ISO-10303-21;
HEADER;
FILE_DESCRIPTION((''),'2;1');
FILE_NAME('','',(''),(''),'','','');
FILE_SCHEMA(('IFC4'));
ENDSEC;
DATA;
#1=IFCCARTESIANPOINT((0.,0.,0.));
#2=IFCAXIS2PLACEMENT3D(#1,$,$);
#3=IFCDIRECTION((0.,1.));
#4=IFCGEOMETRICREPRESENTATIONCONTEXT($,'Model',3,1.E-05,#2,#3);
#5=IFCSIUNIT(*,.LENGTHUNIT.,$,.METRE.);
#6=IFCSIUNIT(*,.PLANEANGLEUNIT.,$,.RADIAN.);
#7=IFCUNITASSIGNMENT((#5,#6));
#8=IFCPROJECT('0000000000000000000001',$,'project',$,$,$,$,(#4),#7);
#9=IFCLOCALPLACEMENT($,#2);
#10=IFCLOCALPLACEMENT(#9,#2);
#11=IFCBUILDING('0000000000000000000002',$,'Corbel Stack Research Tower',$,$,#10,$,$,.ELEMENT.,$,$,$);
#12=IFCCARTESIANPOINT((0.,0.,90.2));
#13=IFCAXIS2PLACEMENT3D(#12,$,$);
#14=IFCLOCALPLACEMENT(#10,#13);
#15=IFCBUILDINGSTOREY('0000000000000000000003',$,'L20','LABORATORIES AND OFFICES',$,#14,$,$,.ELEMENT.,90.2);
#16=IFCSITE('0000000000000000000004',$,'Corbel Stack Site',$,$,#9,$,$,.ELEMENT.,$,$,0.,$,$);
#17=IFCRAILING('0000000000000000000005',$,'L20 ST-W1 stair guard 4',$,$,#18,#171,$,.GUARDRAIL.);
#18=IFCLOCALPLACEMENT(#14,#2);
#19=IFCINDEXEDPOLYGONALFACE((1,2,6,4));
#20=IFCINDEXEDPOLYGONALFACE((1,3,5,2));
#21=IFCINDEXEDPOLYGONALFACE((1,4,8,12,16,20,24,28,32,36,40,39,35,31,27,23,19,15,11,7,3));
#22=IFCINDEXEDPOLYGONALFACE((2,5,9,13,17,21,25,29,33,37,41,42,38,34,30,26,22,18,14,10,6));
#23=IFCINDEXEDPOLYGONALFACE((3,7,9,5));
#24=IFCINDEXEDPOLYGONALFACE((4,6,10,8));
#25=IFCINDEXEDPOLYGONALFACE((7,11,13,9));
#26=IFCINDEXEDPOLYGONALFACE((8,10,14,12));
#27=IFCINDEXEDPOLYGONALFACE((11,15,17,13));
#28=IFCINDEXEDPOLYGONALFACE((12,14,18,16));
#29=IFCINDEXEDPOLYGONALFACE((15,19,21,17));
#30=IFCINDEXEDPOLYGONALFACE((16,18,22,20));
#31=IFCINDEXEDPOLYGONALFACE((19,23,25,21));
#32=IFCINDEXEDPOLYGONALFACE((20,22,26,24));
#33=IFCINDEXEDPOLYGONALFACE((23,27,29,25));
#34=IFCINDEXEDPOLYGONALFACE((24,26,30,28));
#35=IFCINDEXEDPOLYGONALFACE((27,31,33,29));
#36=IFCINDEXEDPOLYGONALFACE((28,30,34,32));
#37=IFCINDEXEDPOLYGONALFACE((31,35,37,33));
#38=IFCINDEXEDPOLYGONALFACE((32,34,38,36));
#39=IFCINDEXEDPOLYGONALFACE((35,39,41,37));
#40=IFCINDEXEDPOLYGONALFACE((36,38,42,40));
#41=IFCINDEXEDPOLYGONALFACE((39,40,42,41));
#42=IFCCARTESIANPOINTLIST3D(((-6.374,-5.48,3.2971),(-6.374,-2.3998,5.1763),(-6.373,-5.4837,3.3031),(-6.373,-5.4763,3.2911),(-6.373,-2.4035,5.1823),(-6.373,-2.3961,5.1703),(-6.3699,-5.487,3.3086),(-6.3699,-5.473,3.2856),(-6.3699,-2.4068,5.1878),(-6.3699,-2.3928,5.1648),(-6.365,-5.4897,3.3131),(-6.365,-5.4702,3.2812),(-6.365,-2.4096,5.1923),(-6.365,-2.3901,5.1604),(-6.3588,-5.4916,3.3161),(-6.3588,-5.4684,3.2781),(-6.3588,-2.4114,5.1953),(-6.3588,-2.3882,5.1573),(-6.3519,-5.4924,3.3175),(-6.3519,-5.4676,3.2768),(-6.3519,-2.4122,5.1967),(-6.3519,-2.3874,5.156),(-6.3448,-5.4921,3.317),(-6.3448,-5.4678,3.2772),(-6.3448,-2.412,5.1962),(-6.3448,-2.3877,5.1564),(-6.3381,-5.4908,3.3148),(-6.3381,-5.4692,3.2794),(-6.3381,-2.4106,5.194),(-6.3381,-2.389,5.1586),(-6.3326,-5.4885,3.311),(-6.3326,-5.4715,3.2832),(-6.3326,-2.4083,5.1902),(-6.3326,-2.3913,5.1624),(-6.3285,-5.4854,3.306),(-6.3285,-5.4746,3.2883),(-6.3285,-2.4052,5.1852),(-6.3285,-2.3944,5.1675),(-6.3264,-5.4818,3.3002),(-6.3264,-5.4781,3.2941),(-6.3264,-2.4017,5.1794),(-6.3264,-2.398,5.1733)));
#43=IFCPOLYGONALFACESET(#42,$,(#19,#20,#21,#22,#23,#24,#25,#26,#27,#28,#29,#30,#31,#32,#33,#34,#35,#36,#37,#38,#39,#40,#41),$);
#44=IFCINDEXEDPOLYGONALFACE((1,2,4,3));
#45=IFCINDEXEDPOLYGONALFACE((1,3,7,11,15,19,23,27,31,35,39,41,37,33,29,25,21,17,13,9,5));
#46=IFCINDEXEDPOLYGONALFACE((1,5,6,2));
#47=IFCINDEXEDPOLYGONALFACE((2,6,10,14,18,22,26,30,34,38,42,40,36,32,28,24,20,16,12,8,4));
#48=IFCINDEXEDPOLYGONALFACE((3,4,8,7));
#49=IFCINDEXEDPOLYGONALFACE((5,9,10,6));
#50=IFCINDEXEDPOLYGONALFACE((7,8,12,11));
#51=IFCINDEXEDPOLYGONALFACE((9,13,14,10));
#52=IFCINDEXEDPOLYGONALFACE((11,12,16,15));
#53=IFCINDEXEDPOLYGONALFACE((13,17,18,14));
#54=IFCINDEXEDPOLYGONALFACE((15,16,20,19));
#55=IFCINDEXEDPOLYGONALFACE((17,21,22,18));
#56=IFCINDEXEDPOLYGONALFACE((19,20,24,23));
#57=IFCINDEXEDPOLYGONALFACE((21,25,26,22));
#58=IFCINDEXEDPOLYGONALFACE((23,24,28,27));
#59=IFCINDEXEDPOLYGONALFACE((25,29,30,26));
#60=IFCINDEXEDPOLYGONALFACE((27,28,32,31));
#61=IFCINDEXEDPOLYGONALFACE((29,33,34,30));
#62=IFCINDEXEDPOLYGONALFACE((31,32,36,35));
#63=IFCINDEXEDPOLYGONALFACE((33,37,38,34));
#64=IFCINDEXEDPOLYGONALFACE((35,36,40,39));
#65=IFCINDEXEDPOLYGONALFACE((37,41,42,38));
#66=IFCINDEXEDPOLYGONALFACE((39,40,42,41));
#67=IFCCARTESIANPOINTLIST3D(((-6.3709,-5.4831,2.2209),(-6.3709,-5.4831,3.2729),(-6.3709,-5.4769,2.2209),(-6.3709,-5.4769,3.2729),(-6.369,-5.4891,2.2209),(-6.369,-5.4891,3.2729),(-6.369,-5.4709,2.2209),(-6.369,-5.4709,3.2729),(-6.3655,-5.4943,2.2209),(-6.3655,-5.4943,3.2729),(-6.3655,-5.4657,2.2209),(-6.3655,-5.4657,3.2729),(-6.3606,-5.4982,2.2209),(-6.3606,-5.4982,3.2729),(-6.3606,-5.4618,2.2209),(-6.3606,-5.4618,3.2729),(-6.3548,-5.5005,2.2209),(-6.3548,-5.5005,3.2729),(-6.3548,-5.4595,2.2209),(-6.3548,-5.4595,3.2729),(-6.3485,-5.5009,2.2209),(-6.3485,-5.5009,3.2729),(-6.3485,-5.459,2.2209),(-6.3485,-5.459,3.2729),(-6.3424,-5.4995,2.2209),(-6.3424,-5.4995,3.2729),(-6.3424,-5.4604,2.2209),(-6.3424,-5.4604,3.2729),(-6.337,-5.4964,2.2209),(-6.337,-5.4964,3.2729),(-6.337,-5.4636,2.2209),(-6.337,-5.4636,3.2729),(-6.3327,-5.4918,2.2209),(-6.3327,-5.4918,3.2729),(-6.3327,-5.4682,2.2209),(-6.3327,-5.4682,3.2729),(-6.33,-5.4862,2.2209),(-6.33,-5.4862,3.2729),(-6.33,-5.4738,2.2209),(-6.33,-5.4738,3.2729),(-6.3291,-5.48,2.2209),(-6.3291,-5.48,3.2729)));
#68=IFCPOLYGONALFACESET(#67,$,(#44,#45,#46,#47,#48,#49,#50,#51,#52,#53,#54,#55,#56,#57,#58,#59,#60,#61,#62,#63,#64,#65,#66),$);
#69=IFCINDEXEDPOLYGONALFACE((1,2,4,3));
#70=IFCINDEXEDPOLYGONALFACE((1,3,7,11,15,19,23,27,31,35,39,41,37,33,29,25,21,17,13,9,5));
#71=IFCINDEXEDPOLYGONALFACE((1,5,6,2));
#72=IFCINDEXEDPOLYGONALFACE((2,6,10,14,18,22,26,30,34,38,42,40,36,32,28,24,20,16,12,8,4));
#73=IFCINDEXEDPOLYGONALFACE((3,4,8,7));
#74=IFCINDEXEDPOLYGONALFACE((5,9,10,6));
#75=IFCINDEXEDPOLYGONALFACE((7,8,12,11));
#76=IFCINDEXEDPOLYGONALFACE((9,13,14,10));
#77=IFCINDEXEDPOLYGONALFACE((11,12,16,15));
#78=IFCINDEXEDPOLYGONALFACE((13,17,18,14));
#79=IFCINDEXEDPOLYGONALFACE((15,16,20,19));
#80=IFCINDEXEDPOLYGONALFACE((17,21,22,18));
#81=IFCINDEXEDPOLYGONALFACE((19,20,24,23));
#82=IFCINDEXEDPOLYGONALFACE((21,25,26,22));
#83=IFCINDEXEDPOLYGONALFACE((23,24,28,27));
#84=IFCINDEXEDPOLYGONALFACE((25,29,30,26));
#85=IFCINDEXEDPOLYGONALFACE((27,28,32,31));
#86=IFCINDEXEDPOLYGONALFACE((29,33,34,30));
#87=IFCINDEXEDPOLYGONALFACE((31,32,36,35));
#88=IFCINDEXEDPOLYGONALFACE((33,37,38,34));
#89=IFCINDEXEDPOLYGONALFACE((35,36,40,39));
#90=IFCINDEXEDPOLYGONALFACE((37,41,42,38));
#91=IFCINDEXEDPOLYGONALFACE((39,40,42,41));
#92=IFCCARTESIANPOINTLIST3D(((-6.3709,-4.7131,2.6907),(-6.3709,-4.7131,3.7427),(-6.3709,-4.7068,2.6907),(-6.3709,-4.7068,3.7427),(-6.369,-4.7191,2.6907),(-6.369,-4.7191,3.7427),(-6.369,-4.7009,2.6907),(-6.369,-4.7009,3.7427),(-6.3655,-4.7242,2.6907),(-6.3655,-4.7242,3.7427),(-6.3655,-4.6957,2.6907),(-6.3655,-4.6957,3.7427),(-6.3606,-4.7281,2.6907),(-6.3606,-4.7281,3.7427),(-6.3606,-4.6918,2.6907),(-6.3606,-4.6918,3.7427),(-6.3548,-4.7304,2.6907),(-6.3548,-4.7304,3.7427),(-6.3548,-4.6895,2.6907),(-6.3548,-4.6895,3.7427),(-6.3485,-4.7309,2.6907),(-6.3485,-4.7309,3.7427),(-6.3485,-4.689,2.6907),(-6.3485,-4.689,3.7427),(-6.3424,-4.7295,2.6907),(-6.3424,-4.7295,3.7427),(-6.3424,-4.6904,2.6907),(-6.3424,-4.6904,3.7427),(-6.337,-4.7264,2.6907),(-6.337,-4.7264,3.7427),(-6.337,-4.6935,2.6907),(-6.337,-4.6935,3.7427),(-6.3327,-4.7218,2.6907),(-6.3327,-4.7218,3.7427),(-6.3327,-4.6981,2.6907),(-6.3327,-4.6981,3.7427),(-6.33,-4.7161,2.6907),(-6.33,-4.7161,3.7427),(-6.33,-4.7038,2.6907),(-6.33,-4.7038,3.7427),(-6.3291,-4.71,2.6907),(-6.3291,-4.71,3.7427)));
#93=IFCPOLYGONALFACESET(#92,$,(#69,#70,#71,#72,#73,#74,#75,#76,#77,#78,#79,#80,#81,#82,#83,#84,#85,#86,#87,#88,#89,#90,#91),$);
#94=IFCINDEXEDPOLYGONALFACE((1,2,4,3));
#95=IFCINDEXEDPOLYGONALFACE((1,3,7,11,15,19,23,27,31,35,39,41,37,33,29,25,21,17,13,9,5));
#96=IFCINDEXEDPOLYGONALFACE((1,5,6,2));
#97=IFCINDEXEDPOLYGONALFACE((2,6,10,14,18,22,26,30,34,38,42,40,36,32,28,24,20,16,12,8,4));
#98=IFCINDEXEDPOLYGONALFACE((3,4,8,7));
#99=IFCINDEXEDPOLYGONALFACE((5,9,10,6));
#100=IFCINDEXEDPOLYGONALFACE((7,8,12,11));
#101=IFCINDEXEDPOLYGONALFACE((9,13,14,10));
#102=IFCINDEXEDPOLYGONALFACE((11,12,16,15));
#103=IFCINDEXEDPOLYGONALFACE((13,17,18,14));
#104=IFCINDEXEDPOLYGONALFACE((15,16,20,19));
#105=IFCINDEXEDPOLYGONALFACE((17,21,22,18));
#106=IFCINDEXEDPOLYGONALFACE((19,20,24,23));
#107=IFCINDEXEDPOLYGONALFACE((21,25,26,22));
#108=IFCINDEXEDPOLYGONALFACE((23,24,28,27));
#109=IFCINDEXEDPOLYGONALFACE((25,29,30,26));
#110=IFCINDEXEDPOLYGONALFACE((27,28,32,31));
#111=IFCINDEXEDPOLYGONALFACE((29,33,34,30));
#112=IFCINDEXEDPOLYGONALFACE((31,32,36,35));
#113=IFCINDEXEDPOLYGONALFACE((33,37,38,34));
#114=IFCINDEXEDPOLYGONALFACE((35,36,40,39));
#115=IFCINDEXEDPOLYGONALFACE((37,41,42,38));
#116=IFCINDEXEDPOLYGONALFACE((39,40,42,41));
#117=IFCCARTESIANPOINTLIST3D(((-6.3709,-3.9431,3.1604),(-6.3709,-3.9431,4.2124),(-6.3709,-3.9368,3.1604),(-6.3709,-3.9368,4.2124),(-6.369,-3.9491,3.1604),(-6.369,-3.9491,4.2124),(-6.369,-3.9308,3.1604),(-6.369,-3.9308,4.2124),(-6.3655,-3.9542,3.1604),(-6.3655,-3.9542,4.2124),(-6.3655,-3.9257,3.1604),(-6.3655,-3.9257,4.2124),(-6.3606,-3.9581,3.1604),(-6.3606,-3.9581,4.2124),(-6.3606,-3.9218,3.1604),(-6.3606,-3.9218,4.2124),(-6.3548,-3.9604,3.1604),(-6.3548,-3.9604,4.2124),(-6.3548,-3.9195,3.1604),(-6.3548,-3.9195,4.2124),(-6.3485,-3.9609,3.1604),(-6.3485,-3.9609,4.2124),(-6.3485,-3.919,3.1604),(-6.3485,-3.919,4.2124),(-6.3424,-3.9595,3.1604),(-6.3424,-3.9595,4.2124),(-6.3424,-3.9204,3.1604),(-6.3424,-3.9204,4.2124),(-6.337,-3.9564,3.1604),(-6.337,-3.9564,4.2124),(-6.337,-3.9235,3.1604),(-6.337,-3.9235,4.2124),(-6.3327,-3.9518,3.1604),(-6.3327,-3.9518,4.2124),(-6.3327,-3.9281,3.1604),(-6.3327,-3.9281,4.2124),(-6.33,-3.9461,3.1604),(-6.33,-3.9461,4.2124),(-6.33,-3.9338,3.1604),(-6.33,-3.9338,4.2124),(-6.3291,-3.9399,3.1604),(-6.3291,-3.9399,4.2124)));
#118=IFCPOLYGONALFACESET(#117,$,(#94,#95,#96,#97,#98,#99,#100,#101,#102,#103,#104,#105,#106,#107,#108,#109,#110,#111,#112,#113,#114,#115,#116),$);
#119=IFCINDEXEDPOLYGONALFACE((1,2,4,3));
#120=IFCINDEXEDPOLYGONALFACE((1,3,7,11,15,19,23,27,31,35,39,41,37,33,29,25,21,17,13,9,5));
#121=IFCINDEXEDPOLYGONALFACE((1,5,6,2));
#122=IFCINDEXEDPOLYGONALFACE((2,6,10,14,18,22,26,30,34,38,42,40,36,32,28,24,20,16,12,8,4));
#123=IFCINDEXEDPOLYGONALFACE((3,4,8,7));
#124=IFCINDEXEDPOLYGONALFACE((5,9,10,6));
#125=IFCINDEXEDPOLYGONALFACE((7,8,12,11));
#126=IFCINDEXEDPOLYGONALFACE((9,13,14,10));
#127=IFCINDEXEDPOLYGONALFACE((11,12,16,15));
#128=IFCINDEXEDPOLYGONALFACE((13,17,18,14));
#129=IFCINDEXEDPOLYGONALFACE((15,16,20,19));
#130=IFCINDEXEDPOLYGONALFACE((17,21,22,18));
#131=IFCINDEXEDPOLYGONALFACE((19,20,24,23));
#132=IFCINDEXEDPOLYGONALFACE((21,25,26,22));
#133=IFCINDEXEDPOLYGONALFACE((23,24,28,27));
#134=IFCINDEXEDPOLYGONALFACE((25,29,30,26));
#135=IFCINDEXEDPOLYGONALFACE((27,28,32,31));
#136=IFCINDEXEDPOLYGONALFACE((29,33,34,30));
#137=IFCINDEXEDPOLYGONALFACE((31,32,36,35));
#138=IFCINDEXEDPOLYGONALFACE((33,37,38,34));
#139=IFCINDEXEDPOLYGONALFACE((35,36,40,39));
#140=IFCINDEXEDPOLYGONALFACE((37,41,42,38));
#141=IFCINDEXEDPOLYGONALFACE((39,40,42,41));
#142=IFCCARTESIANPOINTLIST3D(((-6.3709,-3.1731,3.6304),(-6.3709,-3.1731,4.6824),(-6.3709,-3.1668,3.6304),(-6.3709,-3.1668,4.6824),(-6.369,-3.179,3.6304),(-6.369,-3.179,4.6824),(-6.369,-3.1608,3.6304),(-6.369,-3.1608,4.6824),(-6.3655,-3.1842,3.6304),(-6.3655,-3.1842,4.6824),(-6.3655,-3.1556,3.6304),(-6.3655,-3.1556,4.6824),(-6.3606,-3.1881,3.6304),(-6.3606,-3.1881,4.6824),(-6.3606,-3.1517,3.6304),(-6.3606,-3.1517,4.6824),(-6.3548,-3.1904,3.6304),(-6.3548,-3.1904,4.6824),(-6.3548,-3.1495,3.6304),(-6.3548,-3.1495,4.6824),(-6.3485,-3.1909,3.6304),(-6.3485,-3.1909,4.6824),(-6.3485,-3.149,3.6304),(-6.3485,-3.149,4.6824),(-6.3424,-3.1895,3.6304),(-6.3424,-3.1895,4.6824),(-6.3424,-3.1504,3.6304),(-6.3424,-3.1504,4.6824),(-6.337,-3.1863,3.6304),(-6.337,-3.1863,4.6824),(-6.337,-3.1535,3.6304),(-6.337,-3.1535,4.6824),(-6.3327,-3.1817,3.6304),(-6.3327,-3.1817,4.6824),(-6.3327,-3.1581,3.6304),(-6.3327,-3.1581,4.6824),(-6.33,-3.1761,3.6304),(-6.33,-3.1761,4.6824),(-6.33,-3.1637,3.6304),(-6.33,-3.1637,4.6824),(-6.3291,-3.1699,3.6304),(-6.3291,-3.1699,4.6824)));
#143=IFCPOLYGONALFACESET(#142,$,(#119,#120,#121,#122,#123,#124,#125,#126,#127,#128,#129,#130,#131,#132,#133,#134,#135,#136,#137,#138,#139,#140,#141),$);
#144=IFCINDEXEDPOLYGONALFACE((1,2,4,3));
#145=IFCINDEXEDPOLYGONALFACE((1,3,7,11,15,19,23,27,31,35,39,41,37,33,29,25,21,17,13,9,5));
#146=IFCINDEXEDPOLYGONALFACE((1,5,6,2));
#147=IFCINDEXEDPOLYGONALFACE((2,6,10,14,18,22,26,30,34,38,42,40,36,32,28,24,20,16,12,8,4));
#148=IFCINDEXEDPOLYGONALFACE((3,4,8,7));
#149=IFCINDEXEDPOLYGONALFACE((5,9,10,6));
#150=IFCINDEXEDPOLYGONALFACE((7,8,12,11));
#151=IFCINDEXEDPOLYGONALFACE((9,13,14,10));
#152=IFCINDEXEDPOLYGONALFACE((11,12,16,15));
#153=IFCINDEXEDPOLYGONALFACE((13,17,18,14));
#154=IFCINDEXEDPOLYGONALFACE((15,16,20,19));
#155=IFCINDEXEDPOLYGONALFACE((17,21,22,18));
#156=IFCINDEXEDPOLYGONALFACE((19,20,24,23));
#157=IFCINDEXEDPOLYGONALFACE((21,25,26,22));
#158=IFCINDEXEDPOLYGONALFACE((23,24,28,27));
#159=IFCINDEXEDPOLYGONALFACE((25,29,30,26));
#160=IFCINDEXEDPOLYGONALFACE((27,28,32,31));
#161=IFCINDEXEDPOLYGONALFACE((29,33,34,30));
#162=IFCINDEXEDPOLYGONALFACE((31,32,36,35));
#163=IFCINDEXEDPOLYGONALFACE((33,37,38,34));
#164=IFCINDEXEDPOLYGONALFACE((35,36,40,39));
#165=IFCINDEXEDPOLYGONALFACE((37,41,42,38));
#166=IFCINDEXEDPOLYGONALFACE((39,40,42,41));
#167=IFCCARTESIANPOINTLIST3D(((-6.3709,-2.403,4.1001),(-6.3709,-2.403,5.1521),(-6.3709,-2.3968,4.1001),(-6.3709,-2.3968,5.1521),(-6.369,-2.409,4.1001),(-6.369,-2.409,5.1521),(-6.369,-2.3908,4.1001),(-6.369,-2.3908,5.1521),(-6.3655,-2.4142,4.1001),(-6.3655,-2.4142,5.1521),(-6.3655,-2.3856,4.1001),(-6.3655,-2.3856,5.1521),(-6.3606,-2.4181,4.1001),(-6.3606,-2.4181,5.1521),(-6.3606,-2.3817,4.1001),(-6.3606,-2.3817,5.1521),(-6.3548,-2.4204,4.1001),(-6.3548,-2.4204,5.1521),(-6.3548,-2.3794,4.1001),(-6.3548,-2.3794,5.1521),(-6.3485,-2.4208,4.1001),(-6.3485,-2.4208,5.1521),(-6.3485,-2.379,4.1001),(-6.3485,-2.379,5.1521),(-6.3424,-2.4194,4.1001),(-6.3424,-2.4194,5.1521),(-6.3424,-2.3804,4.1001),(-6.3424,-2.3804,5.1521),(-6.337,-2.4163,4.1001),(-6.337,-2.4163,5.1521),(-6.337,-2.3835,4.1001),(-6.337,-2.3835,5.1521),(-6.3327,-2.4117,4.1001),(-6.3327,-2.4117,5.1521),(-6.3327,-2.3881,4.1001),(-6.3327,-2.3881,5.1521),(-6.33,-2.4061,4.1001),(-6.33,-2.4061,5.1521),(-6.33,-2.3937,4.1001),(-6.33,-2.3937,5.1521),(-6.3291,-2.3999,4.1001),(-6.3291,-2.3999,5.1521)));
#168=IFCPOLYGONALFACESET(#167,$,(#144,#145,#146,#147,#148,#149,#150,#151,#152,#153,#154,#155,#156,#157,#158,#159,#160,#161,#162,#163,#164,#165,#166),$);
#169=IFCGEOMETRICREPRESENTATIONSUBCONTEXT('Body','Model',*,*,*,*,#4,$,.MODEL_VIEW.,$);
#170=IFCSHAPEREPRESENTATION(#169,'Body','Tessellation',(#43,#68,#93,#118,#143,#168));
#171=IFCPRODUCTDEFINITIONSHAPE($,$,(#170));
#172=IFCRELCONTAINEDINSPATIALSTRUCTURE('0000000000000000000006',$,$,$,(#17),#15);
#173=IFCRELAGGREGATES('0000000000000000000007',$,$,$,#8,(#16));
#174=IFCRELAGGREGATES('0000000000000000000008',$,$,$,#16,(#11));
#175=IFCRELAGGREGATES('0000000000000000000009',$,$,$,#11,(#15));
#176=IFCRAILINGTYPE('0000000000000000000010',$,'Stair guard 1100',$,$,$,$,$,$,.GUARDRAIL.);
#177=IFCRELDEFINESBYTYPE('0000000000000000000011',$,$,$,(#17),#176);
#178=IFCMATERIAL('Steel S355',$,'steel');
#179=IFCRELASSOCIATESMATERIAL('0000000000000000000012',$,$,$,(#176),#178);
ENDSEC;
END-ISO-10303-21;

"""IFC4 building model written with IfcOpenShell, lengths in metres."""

from ifc_helpers import new_model, si_unit, direction, frame, origin, origin_2d, place, context, subcontext, project, spatial, circle, extrude, material, type_object, element, save


model = new_model("IFC4")

# Units and contexts
model_context = context("Model", 3, precision=1e-05, world=origin(), true_north=direction((0.0, 1.0)))
body_context = subcontext(model_context, "Body", "Model", "MODEL_VIEW")
ifc_project = project(units=[si_unit("LENGTHUNIT", "METRE"), si_unit("PLANEANGLEUNIT", "RADIAN")], contexts=[model_context])

# Site, building, storey
site_placement = place(None, origin())
site = spatial("IfcSite", under=ifc_project, at=site_placement, Name="Corbel Stack Site", CompositionType="ELEMENT", RefElevation=0.0)
building_placement = place(site_placement, origin())
building = spatial("IfcBuilding", under=site, at=building_placement, Name="Corbel Stack Research Tower", CompositionType="ELEMENT")
storey_placement = place(building_placement, frame((0.0, 0.0, 90.2)))
storey = spatial("IfcBuildingStorey", under=building, at=storey_placement, Name="L20", Description="LABORATORIES AND OFFICES", CompositionType="ELEMENT", Elevation=90.2)

# Railing
ifc_material_1 = material(Name="Steel S355", Category="steel")
railing_type_1 = type_object("IfcRailingType", Name="Stair guard 1100", PredefinedType="GUARDRAIL", material=ifc_material_1)
railing_1_placement = place(storey_placement, frame((-6.3501, -5.48, 2.2209)))
element("IfcRailing", 1, at=railing_1_placement, inside=storey, type_object=railing_type_1, Name="L20 ST-W1 stair guard 4", PredefinedType="GUARDRAIL", context=body_context, shape_type="SweptSolid", body=[
    extrude(circle(Radius=0.0239, at=origin_2d()), frame((0.0, 0.0, 1.0762), z_axis=(0.0, 0.853666, 0.52082), x_axis=(-1.0, 0.0, 0.0)), (0.0, 0.0, 1.0), 3.6082),
    extrude(circle(Radius=0.021, at=origin_2d()), origin(), (0.0, 0.0, 1.0), 1.052),
    extrude(circle(Radius=0.021, at=origin_2d()), frame((0.0, 0.77, 0.4697)), (0.0, 0.0, 1.0), 1.052),
    extrude(circle(Radius=0.021, at=origin_2d()), frame((0.0, 1.54, 0.9395)), (0.0, 0.0, 1.0), 1.052),
    extrude(circle(Radius=0.021, at=origin_2d()), frame((0.0, 2.3101, 1.4094)), (0.0, 0.0, 1.0), 1.052),
    extrude(circle(Radius=0.021, at=origin_2d()), frame((0.0, 3.0801, 1.8792)), (0.0, 0.0, 1.0), 1.052),
])

save(model, "model.ifc")
